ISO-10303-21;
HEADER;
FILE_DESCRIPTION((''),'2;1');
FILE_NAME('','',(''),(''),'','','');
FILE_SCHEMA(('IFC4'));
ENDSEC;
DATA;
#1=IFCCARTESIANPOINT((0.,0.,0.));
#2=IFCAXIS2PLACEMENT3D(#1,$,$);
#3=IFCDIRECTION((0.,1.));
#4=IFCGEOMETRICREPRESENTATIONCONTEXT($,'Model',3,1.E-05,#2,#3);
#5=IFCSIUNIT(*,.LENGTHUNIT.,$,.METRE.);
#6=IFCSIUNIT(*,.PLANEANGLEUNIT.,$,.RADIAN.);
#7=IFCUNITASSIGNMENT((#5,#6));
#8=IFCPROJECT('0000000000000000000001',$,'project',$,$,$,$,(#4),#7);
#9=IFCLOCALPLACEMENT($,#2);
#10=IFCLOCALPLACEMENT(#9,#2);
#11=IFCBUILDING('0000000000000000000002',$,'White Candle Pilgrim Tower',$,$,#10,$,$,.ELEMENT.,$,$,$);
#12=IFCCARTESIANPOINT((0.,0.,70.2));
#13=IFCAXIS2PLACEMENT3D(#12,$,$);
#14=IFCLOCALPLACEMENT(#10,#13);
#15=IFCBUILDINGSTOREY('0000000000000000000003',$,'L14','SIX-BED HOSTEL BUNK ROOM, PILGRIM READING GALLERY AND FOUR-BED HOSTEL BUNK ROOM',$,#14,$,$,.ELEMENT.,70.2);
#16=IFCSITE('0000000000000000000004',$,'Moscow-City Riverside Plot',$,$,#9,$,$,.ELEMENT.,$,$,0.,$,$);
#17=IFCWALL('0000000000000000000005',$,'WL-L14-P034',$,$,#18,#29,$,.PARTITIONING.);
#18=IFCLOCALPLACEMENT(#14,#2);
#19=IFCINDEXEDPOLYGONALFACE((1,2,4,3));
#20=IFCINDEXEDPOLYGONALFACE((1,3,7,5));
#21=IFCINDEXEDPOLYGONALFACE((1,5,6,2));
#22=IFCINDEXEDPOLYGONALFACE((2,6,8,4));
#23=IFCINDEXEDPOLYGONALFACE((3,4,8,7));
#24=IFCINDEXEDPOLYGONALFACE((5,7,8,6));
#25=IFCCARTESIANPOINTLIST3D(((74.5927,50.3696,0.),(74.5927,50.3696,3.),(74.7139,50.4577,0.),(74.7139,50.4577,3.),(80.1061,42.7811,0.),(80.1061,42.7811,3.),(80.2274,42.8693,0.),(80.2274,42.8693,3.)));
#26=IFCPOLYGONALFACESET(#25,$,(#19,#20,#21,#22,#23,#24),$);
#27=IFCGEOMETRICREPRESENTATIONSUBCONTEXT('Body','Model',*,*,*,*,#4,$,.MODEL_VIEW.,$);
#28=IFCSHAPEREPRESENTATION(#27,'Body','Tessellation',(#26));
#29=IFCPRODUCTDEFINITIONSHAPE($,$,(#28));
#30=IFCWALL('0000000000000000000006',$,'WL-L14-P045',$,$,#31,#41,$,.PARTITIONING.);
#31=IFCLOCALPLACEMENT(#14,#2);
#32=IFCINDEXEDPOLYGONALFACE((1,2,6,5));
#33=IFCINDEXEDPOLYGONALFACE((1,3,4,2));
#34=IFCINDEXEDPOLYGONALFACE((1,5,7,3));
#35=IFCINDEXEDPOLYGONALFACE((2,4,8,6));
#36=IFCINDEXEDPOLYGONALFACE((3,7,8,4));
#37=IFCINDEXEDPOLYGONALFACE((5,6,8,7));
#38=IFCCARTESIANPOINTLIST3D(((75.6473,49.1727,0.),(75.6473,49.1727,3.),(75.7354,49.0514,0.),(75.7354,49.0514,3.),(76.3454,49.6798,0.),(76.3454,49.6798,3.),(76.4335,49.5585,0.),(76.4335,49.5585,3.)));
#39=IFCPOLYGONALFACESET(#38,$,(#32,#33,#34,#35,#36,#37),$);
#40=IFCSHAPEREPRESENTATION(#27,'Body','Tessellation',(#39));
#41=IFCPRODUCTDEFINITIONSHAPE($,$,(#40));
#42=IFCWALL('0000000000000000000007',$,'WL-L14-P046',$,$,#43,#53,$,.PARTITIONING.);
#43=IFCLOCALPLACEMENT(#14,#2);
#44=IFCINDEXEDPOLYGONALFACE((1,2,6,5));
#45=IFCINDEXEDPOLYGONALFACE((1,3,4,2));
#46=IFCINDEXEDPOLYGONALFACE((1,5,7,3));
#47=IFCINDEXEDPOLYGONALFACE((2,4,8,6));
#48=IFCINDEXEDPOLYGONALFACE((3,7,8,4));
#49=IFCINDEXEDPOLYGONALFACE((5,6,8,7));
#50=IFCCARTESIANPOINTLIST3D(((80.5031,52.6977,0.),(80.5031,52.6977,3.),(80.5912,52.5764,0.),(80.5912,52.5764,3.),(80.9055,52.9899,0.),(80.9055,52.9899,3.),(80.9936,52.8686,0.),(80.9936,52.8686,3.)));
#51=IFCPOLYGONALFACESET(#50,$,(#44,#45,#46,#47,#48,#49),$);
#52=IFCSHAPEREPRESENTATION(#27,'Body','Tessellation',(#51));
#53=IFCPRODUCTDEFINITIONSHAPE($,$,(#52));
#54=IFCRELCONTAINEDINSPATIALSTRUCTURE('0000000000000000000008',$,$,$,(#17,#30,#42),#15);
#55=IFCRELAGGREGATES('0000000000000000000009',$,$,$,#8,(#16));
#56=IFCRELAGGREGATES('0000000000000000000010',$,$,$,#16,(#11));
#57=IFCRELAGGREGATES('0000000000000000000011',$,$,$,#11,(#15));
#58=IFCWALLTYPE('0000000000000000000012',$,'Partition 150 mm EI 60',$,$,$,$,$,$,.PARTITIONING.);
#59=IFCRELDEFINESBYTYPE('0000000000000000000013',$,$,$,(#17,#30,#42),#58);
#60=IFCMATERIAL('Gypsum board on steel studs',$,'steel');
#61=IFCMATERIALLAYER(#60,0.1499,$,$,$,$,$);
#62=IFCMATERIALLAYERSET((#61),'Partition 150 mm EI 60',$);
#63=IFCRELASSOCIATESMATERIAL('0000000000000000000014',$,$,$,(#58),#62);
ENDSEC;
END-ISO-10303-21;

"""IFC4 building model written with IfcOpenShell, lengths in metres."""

from ifc_helpers import new_model, si_unit, direction, frame, frame_2d, origin, place, context, subcontext, project, spatial, rectangle, extrude, material, layer, layer_set, type_object, element, save


model = new_model("IFC4")

# Units and contexts
model_context = context("Model", 3, precision=1e-05, world=origin(), true_north=direction((0.0, 1.0)))
body_context = subcontext(model_context, "Body", "Model", "MODEL_VIEW")
ifc_project = project(units=[si_unit("LENGTHUNIT", "METRE"), si_unit("PLANEANGLEUNIT", "RADIAN")], contexts=[model_context])

# Site, building, storey
site_placement = place(None, origin())
site = spatial("IfcSite", under=ifc_project, at=site_placement, Name="Moscow-City Riverside Plot", CompositionType="ELEMENT", RefElevation=0.0)
building_placement = place(site_placement, origin())
building = spatial("IfcBuilding", under=site, at=building_placement, Name="White Candle Pilgrim Tower", CompositionType="ELEMENT")
storey_placement = place(building_placement, frame((0.0, 0.0, 70.2)))
storey = spatial("IfcBuildingStorey", under=building, at=storey_placement, Name="L14", Description="SIX-BED HOSTEL BUNK ROOM, PILGRIM READING GALLERY AND FOUR-BED HOSTEL BUNK ROOM", CompositionType="ELEMENT", Elevation=70.2)

# Shared definitions
ifc_material_1 = material(Name="Gypsum board on steel studs", Category="steel")

# Walls
ifc_layer_1 = layer(ifc_material_1, 0.1499)
ifc_layer_set_1 = layer_set([ifc_layer_1], Name="Partition 150 mm EI 60")
wall_type_1 = type_object("IfcWallType", Name="Partition 150 mm EI 60", PredefinedType="PARTITIONING", material=ifc_layer_set_1)
wall_1_placement = place(storey_placement, frame((80.1667, 42.8252, 0.0), z_axis=(0.0, 0.0, 1.0), x_axis=(-0.587796, 0.80901, 0.0)))
element("IfcWall", 1, at=wall_1_placement, inside=storey, type_object=wall_type_1, Name="WL-L14-P034", PredefinedType="PARTITIONING", context=body_context, shape_type="SweptSolid", body=[
    extrude(rectangle(XDim=9.3799, YDim=0.1499, at=frame_2d((4.6899, 0.0))), origin(), (0.0, 0.0, 1.0), 3.0),
])
wall_2_placement = place(storey_placement, frame((76.3894, 49.6191, 0.0), z_axis=(0.0, 0.0, 1.0), x_axis=(-0.809042, -0.587751, 0.0)))
element("IfcWall", 2, at=wall_2_placement, inside=storey, type_object=wall_type_1, Name="WL-L14-P045", PredefinedType="PARTITIONING", context=body_context, shape_type="SweptSolid", body=[
    extrude(rectangle(XDim=0.8628, YDim=0.1499, at=frame_2d((0.4314, 0.0))), origin(), (0.0, 0.0, 1.0), 3.0),
])
wall_3_placement = place(storey_placement, frame((80.9495, 52.9292, 0.0), z_axis=(0.0, 0.0, 1.0), x_axis=(-0.809097, -0.587675, 0.0)))
element("IfcWall", 3, at=wall_3_placement, inside=storey, type_object=wall_type_1, Name="WL-L14-P046", PredefinedType="PARTITIONING", context=body_context, shape_type="SweptSolid", body=[
    extrude(rectangle(XDim=0.4973, YDim=0.1499, at=frame_2d((0.2485, 0.0))), origin(), (0.0, 0.0, 1.0), 3.0),
])

save(model, "model.ifc")
